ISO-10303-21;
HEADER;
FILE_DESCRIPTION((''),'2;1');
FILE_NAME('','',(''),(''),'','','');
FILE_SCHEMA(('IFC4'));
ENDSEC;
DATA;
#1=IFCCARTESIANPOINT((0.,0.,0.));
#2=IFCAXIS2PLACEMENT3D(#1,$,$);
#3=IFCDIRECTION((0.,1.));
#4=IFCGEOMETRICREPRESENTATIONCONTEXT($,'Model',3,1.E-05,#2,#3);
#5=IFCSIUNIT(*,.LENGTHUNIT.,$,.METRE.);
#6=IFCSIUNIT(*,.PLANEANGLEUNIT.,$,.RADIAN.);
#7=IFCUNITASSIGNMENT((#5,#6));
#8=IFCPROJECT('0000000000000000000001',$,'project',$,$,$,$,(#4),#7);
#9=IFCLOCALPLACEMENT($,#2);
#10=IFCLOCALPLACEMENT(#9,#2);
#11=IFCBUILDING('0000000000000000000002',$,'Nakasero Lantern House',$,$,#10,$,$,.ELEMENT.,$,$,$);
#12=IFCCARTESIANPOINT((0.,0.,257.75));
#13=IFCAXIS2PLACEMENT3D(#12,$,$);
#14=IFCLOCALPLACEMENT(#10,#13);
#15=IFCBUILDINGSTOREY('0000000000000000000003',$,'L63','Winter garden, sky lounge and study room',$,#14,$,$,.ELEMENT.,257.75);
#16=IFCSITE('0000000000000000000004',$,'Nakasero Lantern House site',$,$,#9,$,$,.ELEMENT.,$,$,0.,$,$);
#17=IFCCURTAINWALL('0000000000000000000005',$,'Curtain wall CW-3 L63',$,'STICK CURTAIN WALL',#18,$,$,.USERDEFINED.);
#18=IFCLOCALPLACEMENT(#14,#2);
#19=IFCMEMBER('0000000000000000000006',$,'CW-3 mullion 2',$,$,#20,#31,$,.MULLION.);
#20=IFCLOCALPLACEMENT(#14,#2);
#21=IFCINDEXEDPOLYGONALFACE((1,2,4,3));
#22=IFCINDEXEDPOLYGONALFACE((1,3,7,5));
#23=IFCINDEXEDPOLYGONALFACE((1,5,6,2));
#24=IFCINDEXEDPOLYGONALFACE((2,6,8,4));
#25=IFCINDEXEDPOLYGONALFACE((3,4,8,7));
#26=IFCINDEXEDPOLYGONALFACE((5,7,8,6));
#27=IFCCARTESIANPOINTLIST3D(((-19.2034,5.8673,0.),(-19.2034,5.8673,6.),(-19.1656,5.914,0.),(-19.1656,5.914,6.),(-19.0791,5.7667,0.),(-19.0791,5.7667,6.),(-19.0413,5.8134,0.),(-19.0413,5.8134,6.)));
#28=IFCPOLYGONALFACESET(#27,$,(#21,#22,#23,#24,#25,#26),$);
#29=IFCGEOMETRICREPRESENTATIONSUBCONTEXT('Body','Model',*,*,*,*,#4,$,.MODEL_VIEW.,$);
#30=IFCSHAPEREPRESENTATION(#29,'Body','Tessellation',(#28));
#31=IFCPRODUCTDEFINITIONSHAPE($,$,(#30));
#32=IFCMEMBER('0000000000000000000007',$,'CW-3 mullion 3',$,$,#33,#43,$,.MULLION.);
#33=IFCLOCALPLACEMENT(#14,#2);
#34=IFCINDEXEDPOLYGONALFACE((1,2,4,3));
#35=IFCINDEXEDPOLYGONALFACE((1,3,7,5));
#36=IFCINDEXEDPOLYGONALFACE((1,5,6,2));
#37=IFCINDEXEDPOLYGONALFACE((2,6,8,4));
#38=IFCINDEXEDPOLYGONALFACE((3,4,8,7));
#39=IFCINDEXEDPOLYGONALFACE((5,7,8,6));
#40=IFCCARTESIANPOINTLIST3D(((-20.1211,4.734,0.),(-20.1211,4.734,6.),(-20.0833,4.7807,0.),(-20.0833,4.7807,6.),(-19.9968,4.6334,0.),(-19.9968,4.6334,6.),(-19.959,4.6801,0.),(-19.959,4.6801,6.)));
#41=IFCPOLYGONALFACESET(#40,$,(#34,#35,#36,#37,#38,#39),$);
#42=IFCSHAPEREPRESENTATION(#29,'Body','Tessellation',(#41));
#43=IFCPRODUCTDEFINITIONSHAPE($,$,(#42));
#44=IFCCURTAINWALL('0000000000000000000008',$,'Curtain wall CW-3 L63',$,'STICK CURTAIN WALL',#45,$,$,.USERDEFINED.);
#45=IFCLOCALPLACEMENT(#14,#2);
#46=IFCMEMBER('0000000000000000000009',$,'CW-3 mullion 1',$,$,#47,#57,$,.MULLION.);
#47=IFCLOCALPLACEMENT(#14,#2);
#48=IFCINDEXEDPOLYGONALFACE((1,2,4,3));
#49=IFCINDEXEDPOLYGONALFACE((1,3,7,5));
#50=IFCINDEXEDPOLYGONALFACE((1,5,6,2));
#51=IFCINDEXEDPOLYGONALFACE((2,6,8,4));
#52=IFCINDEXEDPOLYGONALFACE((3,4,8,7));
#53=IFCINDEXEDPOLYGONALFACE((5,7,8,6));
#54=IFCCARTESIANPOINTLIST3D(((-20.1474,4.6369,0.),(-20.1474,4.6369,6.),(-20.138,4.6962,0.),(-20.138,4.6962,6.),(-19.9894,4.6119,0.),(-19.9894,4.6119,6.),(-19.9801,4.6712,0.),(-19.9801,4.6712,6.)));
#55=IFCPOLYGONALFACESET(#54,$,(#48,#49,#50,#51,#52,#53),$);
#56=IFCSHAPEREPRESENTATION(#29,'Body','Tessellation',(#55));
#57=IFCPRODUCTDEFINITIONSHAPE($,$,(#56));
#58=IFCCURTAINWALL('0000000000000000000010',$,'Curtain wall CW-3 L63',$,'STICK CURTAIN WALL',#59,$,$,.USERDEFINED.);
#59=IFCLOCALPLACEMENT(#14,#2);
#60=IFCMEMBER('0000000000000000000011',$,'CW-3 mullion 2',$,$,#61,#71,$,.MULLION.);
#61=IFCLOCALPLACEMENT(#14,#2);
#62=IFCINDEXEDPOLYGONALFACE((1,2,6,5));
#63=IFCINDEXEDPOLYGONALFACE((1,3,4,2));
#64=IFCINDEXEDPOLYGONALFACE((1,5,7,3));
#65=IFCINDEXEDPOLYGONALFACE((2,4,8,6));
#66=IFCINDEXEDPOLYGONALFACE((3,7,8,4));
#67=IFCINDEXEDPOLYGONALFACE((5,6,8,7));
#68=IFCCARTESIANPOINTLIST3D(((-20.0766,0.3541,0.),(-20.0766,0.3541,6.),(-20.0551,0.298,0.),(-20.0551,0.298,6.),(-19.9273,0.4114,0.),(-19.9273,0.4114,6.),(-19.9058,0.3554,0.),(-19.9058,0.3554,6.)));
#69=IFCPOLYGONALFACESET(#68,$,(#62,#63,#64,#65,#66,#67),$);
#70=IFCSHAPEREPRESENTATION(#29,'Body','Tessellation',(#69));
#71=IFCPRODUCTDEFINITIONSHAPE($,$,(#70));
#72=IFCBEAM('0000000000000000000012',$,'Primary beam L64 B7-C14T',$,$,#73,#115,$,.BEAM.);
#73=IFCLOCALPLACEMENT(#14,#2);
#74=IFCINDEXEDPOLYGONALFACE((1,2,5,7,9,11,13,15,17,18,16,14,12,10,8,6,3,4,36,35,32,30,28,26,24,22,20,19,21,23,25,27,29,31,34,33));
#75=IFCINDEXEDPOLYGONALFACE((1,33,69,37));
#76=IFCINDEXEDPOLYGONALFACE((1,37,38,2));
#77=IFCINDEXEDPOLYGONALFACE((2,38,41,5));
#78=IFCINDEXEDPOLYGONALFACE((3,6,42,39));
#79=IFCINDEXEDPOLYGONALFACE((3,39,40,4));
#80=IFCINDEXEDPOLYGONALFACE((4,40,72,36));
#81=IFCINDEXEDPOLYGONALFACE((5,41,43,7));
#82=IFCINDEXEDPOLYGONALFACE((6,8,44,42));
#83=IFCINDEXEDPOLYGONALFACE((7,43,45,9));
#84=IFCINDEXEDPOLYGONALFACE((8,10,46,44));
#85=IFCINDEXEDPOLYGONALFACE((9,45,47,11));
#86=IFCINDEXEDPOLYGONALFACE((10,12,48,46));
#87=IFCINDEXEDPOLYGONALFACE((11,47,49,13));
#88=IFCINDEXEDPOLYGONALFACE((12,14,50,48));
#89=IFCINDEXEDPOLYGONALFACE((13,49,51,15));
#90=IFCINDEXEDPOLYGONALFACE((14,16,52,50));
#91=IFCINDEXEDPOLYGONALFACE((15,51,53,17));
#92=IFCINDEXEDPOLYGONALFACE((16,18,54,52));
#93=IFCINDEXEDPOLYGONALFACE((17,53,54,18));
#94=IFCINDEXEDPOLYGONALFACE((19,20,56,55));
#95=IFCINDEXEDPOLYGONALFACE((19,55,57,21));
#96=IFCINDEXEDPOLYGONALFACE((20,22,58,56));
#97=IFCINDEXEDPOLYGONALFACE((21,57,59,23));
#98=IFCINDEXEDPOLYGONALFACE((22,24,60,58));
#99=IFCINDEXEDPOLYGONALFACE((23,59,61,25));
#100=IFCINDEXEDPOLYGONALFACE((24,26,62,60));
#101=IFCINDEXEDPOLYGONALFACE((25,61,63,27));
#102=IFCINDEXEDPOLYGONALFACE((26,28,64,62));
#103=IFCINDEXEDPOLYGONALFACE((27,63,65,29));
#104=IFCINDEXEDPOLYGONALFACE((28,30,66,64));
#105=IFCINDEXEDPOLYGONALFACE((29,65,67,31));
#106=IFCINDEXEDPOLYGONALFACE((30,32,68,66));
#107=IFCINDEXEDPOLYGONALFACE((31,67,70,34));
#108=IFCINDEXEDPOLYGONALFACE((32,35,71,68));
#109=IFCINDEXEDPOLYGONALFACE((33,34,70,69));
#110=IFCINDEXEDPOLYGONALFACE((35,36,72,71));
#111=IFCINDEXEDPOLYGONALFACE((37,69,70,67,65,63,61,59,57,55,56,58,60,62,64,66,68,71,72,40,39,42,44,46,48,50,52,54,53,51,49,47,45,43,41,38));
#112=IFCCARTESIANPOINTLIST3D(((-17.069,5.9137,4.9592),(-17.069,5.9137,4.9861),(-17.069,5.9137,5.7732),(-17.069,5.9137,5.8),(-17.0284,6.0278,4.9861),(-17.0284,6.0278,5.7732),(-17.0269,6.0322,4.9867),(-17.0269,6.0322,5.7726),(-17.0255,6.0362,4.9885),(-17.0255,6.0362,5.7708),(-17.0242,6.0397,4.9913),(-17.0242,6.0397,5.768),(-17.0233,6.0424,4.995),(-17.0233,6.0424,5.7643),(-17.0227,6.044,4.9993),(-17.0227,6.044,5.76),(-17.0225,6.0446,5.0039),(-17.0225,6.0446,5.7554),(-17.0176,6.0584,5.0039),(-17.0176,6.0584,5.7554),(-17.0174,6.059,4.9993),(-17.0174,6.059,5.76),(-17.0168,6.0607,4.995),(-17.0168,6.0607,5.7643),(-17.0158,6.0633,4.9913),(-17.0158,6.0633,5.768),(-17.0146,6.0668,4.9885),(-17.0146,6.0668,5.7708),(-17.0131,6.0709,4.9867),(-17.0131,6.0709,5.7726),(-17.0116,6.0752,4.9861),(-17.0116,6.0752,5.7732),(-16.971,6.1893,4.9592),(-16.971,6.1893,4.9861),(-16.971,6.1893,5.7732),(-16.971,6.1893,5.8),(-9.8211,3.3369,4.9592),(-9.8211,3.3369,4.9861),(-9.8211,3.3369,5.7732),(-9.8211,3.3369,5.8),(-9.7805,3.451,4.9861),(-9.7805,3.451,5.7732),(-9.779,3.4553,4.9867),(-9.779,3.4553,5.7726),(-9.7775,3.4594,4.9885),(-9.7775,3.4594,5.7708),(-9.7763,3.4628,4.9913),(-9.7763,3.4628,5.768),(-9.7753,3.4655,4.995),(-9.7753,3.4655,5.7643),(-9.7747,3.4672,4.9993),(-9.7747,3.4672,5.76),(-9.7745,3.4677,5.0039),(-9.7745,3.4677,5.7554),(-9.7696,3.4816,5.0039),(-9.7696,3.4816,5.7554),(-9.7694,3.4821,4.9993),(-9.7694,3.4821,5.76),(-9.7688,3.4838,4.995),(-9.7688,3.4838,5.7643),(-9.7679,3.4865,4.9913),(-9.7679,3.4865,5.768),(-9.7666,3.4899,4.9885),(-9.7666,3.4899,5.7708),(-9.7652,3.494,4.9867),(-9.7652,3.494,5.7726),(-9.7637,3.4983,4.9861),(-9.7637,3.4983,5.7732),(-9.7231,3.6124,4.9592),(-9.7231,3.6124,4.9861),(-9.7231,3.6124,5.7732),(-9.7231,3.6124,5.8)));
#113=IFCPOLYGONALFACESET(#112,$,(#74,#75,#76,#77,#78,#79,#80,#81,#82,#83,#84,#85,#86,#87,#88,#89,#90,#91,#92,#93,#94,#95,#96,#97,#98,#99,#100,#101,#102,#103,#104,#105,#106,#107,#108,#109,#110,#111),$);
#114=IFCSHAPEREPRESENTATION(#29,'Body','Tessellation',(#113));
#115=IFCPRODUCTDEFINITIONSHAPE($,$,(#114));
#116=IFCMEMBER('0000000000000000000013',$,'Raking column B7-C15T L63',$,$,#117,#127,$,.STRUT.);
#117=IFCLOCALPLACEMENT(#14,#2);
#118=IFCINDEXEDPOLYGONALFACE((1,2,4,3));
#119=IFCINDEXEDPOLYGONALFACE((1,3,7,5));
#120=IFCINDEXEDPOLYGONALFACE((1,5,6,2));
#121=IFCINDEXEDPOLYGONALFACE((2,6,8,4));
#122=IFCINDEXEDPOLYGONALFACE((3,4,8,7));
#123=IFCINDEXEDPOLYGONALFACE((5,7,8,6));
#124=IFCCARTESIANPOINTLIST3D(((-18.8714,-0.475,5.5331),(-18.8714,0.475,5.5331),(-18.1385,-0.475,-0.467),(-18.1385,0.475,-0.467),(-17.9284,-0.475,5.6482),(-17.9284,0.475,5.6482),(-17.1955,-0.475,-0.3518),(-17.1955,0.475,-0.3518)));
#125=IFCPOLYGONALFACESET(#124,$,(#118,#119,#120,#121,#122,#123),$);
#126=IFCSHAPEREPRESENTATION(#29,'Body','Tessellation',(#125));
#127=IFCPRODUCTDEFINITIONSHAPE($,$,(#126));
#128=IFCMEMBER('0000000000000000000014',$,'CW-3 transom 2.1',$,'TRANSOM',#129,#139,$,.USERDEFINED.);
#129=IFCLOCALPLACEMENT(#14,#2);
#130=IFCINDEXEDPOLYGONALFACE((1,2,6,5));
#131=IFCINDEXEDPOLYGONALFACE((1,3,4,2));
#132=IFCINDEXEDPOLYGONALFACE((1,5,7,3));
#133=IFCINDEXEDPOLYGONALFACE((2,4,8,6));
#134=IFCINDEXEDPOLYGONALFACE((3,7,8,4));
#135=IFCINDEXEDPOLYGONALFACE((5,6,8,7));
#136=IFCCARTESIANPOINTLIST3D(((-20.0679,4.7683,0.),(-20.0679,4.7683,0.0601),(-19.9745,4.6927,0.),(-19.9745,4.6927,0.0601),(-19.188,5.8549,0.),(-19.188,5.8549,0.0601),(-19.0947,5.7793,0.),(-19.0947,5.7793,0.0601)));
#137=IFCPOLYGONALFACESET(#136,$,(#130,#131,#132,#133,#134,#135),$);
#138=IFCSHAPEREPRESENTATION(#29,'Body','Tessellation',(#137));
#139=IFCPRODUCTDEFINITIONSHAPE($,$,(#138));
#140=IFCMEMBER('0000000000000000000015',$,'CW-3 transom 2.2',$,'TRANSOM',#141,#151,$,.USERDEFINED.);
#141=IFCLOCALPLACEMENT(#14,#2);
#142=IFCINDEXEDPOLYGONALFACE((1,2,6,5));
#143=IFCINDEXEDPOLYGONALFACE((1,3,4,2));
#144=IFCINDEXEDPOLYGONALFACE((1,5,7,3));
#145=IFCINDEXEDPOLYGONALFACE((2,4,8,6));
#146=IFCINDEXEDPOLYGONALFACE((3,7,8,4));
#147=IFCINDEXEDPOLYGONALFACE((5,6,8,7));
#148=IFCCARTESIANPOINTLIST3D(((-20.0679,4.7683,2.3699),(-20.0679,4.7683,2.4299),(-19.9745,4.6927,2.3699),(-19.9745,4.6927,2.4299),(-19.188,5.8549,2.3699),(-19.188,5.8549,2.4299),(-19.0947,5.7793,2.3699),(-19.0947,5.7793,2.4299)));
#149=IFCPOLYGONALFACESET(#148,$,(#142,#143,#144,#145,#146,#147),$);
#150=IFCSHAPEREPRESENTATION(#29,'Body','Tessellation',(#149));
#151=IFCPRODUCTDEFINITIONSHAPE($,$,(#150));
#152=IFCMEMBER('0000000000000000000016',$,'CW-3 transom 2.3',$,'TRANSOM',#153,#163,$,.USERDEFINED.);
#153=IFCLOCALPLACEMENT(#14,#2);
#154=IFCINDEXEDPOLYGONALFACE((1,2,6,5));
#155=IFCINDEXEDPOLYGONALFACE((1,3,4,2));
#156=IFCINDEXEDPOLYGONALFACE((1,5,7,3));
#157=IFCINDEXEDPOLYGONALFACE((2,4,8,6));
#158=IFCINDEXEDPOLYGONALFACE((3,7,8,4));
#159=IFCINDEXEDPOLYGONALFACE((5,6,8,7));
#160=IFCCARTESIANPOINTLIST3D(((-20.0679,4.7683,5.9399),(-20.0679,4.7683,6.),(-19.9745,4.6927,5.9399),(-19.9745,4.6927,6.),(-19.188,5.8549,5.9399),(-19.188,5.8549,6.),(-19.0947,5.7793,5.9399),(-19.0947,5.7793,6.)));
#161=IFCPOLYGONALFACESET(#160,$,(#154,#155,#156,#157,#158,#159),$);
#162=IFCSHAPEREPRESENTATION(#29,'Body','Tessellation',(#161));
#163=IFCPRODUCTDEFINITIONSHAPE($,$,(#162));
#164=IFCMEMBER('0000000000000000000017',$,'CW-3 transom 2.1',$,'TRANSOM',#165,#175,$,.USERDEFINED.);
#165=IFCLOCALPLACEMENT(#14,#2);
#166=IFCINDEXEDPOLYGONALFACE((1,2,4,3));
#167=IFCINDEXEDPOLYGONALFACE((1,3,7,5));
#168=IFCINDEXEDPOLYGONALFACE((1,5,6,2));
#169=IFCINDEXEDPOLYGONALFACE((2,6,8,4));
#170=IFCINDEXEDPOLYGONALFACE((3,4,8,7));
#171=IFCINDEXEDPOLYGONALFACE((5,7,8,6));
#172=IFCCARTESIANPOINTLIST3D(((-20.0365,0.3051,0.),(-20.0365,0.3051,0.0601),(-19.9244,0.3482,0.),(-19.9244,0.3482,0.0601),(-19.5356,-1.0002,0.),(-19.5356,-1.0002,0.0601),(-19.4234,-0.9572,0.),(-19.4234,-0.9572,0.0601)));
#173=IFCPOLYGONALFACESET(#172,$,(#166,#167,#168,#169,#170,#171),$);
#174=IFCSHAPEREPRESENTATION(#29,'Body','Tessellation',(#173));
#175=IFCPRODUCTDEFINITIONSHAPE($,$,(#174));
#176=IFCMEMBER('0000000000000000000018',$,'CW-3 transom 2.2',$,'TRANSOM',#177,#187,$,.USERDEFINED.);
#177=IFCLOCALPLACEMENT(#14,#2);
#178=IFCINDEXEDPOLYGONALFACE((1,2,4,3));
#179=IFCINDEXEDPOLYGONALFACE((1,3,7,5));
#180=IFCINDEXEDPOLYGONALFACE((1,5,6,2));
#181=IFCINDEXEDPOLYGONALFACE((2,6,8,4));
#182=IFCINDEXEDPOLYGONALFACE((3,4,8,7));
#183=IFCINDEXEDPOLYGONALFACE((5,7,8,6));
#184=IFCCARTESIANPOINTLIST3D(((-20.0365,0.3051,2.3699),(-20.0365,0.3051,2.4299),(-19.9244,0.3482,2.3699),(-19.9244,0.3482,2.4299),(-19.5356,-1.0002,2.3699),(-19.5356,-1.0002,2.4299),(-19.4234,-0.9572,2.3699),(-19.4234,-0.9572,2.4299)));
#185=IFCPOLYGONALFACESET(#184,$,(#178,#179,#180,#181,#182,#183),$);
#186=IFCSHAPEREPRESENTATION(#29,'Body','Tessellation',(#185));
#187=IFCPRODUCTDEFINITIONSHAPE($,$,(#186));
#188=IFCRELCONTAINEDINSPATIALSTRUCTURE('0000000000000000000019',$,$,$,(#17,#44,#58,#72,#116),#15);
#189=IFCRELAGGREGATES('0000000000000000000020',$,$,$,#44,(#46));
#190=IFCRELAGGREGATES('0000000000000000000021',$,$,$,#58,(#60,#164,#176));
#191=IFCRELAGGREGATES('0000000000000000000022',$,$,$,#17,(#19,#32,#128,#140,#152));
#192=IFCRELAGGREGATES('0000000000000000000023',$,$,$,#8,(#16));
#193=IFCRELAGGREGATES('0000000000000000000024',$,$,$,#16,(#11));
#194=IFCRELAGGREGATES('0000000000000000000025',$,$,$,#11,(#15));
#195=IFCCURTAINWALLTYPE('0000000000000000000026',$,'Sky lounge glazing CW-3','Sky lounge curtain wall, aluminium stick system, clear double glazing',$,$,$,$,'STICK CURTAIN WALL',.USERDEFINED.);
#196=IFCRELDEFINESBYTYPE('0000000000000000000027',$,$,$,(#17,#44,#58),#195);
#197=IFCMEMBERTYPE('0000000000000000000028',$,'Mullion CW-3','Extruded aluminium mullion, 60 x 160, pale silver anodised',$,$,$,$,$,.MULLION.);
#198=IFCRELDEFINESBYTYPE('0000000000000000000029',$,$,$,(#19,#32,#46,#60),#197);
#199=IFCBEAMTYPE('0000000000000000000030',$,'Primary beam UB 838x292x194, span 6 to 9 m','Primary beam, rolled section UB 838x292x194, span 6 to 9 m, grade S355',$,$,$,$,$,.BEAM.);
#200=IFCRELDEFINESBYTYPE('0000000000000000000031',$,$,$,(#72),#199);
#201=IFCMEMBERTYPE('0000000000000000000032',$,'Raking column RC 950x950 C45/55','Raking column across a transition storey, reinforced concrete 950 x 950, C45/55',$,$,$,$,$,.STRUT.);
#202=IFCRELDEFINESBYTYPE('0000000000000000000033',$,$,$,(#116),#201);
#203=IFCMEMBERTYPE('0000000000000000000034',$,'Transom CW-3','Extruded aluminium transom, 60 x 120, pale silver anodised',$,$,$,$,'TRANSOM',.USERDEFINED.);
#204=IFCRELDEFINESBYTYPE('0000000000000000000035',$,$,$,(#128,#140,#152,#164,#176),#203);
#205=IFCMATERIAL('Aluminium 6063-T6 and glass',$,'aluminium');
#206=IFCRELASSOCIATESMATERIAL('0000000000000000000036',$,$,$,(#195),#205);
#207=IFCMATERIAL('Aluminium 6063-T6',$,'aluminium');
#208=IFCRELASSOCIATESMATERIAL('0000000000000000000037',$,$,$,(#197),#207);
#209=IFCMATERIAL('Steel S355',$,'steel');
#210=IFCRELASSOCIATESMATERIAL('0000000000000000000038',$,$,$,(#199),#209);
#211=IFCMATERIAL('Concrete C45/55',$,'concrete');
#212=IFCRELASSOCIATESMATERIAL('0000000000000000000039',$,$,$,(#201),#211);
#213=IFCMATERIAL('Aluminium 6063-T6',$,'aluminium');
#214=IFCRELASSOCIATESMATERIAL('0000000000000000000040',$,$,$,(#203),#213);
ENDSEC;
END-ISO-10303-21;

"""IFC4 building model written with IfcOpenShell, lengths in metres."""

from ifc_helpers import new_model, si_unit, direction, frame, origin, origin_2d, place, context, subcontext, project, spatial, rectangle, i_section, extrude, material, material_profile, profile_set, type_object, element, aggregate, save


model = new_model("IFC4")

# Units and contexts
model_context = context("Model", 3, precision=1e-05, world=origin(), true_north=direction((0.0, 1.0)))
body_context = subcontext(model_context, "Body", "Model", "MODEL_VIEW")
ifc_project = project(units=[si_unit("LENGTHUNIT", "METRE"), si_unit("PLANEANGLEUNIT", "RADIAN")], contexts=[model_context])

# Site, building, storey
site_placement = place(None, origin())
site = spatial("IfcSite", under=ifc_project, at=site_placement, Name="Nakasero Lantern House site", CompositionType="ELEMENT", RefElevation=0.0)
building_placement = place(site_placement, origin())
building = spatial("IfcBuilding", under=site, at=building_placement, Name="Nakasero Lantern House", CompositionType="ELEMENT")
storey_placement = place(building_placement, frame((0.0, 0.0, 257.75)))
storey = spatial("IfcBuildingStorey", under=building, at=storey_placement, Name="L63", Description="Winter garden, sky lounge and study room", CompositionType="ELEMENT", Elevation=257.75)

# Curtain wall, members
ifc_material_1 = material(Name="Aluminium 6063-T6 and glass", Category="aluminium")
curtain_wall_type = type_object("IfcCurtainWallType", Name="Sky lounge glazing CW-3", Description="Sky lounge curtain wall, aluminium stick system, clear double glazing", ElementType="STICK CURTAIN WALL", PredefinedType="USERDEFINED", material=ifc_material_1)
curtain_wall_1_placement = place(storey_placement, origin())
curtain_wall_1 = element("IfcCurtainWall", 1, at=curtain_wall_1_placement, inside=storey, type_object=curtain_wall_type, Name="Curtain wall CW-3 L63", ObjectType="STICK CURTAIN WALL", PredefinedType="USERDEFINED")
ifc_material_2 = material(Name="Aluminium 6063-T6", Category="aluminium")
ifc_material_profile_1 = material_profile(ifc_material_2, rectangle(XDim=0.0601, YDim=0.1599, at=origin_2d()), Name="CW-3 mullion 60x160")
ifc_profile_set_1 = profile_set([ifc_material_profile_1], Name="Aluminium 6063-T6")
member_type_1 = type_object("IfcMemberType", Name="Mullion CW-3", Description="Extruded aluminium mullion, 60 x 160, pale silver anodised", PredefinedType="MULLION", material=ifc_profile_set_1)
member_1_placement = place(storey_placement, frame((-19.1223, 5.8403, 0.0), z_axis=(0.0, 0.0, 1.0), x_axis=(-0.62932, -0.777146, 0.0)))
member_1 = element("IfcMember", 2, at=member_1_placement, type_object=member_type_1, Name="CW-3 mullion 2", PredefinedType="MULLION", context=body_context, shape_type="SweptSolid", body=[
    extrude(rectangle(XDim=0.0601, YDim=0.1599, at=origin_2d()), origin(), (0.0, 0.0, 1.0), 6.0),
])
member_2_placement = place(storey_placement, frame((-20.04, 4.707, 0.0), z_axis=(0.0, 0.0, 1.0), x_axis=(-0.62932, -0.777146, 0.0)))
member_2 = element("IfcMember", 3, at=member_2_placement, type_object=member_type_1, Name="CW-3 mullion 3", PredefinedType="MULLION", context=body_context, shape_type="SweptSolid", body=[
    extrude(rectangle(XDim=0.0601, YDim=0.1599, at=origin_2d()), origin(), (0.0, 0.0, 1.0), 6.0),
])

# Curtain walls, members
curtain_wall_2_placement = place(storey_placement, origin())
curtain_wall_2 = element("IfcCurtainWall", 4, at=curtain_wall_2_placement, inside=storey, type_object=curtain_wall_type, Name="Curtain wall CW-3 L63", ObjectType="STICK CURTAIN WALL", PredefinedType="USERDEFINED")
member_3_placement = place(storey_placement, frame((-20.0637, 4.6541, 0.0), z_axis=(0.0, 0.0, 1.0), x_axis=(-0.156434, -0.987688, 0.0)))
member_3 = element("IfcMember", 5, at=member_3_placement, type_object=member_type_1, Name="CW-3 mullion 1", PredefinedType="MULLION", context=body_context, shape_type="SweptSolid", body=[
    extrude(rectangle(XDim=0.0601, YDim=0.1599, at=origin_2d()), origin(), (0.0, 0.0, 1.0), 6.0),
])
aggregate(curtain_wall_2, [member_3])
curtain_wall_3_placement = place(storey_placement, origin())
curtain_wall_3 = element("IfcCurtainWall", 6, at=curtain_wall_3_placement, inside=storey, type_object=curtain_wall_type, Name="Curtain wall CW-3 L63", ObjectType="STICK CURTAIN WALL", PredefinedType="USERDEFINED")
member_4_placement = place(storey_placement, frame((-19.9912, 0.3547, 0.0), z_axis=(0.0, 0.0, 1.0), x_axis=(0.358368, -0.93358, 0.0)))
member_4 = element("IfcMember", 7, at=member_4_placement, type_object=member_type_1, Name="CW-3 mullion 2", PredefinedType="MULLION", context=body_context, shape_type="SweptSolid", body=[
    extrude(rectangle(XDim=0.0601, YDim=0.1599, at=origin_2d()), origin(), (0.0, 0.0, 1.0), 6.0),
])

# Beam
ifc_material_3 = material(Name="Steel S355", Category="steel")
ifc_material_profile_2 = material_profile(ifc_material_3, i_section(OverallWidth=0.2925, OverallDepth=0.8408, WebThickness=0.0146, FlangeThickness=0.0269, FilletRadius=0.0178, at=origin_2d()), Name="UB 838x292x194")
ifc_profile_set_2 = profile_set([ifc_material_profile_2], Name="Steel S355")
beam_type_1 = type_object("IfcBeamType", Name="Primary beam UB 838x292x194, span 6 to 9 m", Description="Primary beam, rolled section UB 838x292x194, span 6 to 9 m, grade S355", PredefinedType="BEAM", material=ifc_profile_set_2)
beam_1_placement = place(storey_placement, frame((-17.02, 6.0515, 5.3796), z_axis=(0.942222, -0.334989, 0.0), x_axis=(0.334989, 0.942222, 0.0)))
element("IfcBeam", 8, at=beam_1_placement, inside=storey, type_object=beam_type_1, Name="Primary beam L64 B7-C14T", PredefinedType="BEAM", context=body_context, shape_type="SweptSolid", body=[
    extrude(i_section(OverallWidth=0.2925, OverallDepth=0.8408, WebThickness=0.0146, FlangeThickness=0.0269, FilletRadius=0.0178, at=origin_2d()), origin(), (0.0, 0.0, 1.0), 7.6924),
])

# Members
ifc_material_4 = material(Name="Concrete C45/55", Category="concrete")
ifc_material_profile_3 = material_profile(ifc_material_4, rectangle(XDim=0.95, YDim=0.95, at=origin_2d()), Name="RC 950x950")
ifc_profile_set_3 = profile_set([ifc_material_profile_3], Name="Concrete C45/55")
member_type_2 = type_object("IfcMemberType", Name="Raking column RC 950x950 C45/55", Description="Raking column across a transition storey, reinforced concrete 950 x 950, C45/55", PredefinedType="STRUT", material=ifc_profile_set_3)
member_5_placement = place(storey_placement, frame((-17.667, 0.0, -0.4094), z_axis=(-0.12125, 0.0, 0.992622), x_axis=(0.0, -1.0, 0.0)))
element("IfcMember", 9, at=member_5_placement, inside=storey, type_object=member_type_2, Name="Raking column B7-C15T L63", PredefinedType="STRUT", context=body_context, shape_type="SweptSolid", body=[
    extrude(rectangle(XDim=0.95, YDim=0.95, at=origin_2d()), origin(), (0.0, 0.0, 1.0), 6.0447),
])
ifc_material_5 = material(Name="Aluminium 6063-T6", Category="aluminium")
ifc_material_profile_4 = material_profile(ifc_material_5, rectangle(XDim=0.0601, YDim=0.1201, at=origin_2d()), Name="CW-3 transom 60x120")
ifc_profile_set_4 = profile_set([ifc_material_profile_4], Name="Aluminium 6063-T6")
member_type_3 = type_object("IfcMemberType", Name="Transom CW-3", Description="Extruded aluminium transom, 60 x 120, pale silver anodised", ElementType="TRANSOM", PredefinedType="USERDEFINED", material=ifc_profile_set_4)
member_6_placement = place(storey_placement, frame((-19.1414, 5.8171, 0.03), z_axis=(-0.629284, -0.777176, 0.0), x_axis=(0.0, 0.0, 1.0)))
member_6 = element("IfcMember", 10, at=member_6_placement, type_object=member_type_3, Name="CW-3 transom 2.1", ObjectType="TRANSOM", PredefinedType="USERDEFINED", context=body_context, shape_type="SweptSolid", body=[
    extrude(rectangle(XDim=0.0601, YDim=0.1201, at=origin_2d()), origin(), (0.0, 0.0, 1.0), 1.3982),
])
member_7_placement = place(storey_placement, frame((-19.1414, 5.8171, 2.3999), z_axis=(-0.629284, -0.777176, 0.0), x_axis=(0.0, 0.0, 1.0)))
member_7 = element("IfcMember", 11, at=member_7_placement, type_object=member_type_3, Name="CW-3 transom 2.2", ObjectType="TRANSOM", PredefinedType="USERDEFINED", context=body_context, shape_type="SweptSolid", body=[
    extrude(rectangle(XDim=0.0601, YDim=0.1201, at=origin_2d()), origin(), (0.0, 0.0, 1.0), 1.3982),
])
member_8_placement = place(storey_placement, frame((-19.1414, 5.8171, 5.97), z_axis=(-0.629284, -0.777176, 0.0), x_axis=(0.0, 0.0, 1.0)))
member_8 = element("IfcMember", 12, at=member_8_placement, type_object=member_type_3, Name="CW-3 transom 2.3", ObjectType="TRANSOM", PredefinedType="USERDEFINED", context=body_context, shape_type="SweptSolid", body=[
    extrude(rectangle(XDim=0.0601, YDim=0.1201, at=origin_2d()), origin(), (0.0, 0.0, 1.0), 1.3982),
])
member_9_placement = place(storey_placement, frame((-19.9805, 0.3267, 0.03), z_axis=(0.358289, -0.933611, 0.0), x_axis=(0.0, 0.0, 1.0)))
member_9 = element("IfcMember", 13, at=member_9_placement, type_object=member_type_3, Name="CW-3 transom 2.1", ObjectType="TRANSOM", PredefinedType="USERDEFINED", context=body_context, shape_type="SweptSolid", body=[
    extrude(rectangle(XDim=0.0601, YDim=0.1201, at=origin_2d()), origin(), (0.0, 0.0, 1.0), 1.3982),
])
member_10_placement = place(storey_placement, frame((-19.9805, 0.3267, 2.3999), z_axis=(0.358289, -0.933611, 0.0), x_axis=(0.0, 0.0, 1.0)))
member_10 = element("IfcMember", 14, at=member_10_placement, type_object=member_type_3, Name="CW-3 transom 2.2", ObjectType="TRANSOM", PredefinedType="USERDEFINED", context=body_context, shape_type="SweptSolid", body=[
    extrude(rectangle(XDim=0.0601, YDim=0.1201, at=origin_2d()), origin(), (0.0, 0.0, 1.0), 1.3982),
])
aggregate(curtain_wall_3, [member_4, member_9, member_10])

aggregate(curtain_wall_1, [member_1, member_2, member_6, member_7, member_8])

save(model, "model.ifc")
